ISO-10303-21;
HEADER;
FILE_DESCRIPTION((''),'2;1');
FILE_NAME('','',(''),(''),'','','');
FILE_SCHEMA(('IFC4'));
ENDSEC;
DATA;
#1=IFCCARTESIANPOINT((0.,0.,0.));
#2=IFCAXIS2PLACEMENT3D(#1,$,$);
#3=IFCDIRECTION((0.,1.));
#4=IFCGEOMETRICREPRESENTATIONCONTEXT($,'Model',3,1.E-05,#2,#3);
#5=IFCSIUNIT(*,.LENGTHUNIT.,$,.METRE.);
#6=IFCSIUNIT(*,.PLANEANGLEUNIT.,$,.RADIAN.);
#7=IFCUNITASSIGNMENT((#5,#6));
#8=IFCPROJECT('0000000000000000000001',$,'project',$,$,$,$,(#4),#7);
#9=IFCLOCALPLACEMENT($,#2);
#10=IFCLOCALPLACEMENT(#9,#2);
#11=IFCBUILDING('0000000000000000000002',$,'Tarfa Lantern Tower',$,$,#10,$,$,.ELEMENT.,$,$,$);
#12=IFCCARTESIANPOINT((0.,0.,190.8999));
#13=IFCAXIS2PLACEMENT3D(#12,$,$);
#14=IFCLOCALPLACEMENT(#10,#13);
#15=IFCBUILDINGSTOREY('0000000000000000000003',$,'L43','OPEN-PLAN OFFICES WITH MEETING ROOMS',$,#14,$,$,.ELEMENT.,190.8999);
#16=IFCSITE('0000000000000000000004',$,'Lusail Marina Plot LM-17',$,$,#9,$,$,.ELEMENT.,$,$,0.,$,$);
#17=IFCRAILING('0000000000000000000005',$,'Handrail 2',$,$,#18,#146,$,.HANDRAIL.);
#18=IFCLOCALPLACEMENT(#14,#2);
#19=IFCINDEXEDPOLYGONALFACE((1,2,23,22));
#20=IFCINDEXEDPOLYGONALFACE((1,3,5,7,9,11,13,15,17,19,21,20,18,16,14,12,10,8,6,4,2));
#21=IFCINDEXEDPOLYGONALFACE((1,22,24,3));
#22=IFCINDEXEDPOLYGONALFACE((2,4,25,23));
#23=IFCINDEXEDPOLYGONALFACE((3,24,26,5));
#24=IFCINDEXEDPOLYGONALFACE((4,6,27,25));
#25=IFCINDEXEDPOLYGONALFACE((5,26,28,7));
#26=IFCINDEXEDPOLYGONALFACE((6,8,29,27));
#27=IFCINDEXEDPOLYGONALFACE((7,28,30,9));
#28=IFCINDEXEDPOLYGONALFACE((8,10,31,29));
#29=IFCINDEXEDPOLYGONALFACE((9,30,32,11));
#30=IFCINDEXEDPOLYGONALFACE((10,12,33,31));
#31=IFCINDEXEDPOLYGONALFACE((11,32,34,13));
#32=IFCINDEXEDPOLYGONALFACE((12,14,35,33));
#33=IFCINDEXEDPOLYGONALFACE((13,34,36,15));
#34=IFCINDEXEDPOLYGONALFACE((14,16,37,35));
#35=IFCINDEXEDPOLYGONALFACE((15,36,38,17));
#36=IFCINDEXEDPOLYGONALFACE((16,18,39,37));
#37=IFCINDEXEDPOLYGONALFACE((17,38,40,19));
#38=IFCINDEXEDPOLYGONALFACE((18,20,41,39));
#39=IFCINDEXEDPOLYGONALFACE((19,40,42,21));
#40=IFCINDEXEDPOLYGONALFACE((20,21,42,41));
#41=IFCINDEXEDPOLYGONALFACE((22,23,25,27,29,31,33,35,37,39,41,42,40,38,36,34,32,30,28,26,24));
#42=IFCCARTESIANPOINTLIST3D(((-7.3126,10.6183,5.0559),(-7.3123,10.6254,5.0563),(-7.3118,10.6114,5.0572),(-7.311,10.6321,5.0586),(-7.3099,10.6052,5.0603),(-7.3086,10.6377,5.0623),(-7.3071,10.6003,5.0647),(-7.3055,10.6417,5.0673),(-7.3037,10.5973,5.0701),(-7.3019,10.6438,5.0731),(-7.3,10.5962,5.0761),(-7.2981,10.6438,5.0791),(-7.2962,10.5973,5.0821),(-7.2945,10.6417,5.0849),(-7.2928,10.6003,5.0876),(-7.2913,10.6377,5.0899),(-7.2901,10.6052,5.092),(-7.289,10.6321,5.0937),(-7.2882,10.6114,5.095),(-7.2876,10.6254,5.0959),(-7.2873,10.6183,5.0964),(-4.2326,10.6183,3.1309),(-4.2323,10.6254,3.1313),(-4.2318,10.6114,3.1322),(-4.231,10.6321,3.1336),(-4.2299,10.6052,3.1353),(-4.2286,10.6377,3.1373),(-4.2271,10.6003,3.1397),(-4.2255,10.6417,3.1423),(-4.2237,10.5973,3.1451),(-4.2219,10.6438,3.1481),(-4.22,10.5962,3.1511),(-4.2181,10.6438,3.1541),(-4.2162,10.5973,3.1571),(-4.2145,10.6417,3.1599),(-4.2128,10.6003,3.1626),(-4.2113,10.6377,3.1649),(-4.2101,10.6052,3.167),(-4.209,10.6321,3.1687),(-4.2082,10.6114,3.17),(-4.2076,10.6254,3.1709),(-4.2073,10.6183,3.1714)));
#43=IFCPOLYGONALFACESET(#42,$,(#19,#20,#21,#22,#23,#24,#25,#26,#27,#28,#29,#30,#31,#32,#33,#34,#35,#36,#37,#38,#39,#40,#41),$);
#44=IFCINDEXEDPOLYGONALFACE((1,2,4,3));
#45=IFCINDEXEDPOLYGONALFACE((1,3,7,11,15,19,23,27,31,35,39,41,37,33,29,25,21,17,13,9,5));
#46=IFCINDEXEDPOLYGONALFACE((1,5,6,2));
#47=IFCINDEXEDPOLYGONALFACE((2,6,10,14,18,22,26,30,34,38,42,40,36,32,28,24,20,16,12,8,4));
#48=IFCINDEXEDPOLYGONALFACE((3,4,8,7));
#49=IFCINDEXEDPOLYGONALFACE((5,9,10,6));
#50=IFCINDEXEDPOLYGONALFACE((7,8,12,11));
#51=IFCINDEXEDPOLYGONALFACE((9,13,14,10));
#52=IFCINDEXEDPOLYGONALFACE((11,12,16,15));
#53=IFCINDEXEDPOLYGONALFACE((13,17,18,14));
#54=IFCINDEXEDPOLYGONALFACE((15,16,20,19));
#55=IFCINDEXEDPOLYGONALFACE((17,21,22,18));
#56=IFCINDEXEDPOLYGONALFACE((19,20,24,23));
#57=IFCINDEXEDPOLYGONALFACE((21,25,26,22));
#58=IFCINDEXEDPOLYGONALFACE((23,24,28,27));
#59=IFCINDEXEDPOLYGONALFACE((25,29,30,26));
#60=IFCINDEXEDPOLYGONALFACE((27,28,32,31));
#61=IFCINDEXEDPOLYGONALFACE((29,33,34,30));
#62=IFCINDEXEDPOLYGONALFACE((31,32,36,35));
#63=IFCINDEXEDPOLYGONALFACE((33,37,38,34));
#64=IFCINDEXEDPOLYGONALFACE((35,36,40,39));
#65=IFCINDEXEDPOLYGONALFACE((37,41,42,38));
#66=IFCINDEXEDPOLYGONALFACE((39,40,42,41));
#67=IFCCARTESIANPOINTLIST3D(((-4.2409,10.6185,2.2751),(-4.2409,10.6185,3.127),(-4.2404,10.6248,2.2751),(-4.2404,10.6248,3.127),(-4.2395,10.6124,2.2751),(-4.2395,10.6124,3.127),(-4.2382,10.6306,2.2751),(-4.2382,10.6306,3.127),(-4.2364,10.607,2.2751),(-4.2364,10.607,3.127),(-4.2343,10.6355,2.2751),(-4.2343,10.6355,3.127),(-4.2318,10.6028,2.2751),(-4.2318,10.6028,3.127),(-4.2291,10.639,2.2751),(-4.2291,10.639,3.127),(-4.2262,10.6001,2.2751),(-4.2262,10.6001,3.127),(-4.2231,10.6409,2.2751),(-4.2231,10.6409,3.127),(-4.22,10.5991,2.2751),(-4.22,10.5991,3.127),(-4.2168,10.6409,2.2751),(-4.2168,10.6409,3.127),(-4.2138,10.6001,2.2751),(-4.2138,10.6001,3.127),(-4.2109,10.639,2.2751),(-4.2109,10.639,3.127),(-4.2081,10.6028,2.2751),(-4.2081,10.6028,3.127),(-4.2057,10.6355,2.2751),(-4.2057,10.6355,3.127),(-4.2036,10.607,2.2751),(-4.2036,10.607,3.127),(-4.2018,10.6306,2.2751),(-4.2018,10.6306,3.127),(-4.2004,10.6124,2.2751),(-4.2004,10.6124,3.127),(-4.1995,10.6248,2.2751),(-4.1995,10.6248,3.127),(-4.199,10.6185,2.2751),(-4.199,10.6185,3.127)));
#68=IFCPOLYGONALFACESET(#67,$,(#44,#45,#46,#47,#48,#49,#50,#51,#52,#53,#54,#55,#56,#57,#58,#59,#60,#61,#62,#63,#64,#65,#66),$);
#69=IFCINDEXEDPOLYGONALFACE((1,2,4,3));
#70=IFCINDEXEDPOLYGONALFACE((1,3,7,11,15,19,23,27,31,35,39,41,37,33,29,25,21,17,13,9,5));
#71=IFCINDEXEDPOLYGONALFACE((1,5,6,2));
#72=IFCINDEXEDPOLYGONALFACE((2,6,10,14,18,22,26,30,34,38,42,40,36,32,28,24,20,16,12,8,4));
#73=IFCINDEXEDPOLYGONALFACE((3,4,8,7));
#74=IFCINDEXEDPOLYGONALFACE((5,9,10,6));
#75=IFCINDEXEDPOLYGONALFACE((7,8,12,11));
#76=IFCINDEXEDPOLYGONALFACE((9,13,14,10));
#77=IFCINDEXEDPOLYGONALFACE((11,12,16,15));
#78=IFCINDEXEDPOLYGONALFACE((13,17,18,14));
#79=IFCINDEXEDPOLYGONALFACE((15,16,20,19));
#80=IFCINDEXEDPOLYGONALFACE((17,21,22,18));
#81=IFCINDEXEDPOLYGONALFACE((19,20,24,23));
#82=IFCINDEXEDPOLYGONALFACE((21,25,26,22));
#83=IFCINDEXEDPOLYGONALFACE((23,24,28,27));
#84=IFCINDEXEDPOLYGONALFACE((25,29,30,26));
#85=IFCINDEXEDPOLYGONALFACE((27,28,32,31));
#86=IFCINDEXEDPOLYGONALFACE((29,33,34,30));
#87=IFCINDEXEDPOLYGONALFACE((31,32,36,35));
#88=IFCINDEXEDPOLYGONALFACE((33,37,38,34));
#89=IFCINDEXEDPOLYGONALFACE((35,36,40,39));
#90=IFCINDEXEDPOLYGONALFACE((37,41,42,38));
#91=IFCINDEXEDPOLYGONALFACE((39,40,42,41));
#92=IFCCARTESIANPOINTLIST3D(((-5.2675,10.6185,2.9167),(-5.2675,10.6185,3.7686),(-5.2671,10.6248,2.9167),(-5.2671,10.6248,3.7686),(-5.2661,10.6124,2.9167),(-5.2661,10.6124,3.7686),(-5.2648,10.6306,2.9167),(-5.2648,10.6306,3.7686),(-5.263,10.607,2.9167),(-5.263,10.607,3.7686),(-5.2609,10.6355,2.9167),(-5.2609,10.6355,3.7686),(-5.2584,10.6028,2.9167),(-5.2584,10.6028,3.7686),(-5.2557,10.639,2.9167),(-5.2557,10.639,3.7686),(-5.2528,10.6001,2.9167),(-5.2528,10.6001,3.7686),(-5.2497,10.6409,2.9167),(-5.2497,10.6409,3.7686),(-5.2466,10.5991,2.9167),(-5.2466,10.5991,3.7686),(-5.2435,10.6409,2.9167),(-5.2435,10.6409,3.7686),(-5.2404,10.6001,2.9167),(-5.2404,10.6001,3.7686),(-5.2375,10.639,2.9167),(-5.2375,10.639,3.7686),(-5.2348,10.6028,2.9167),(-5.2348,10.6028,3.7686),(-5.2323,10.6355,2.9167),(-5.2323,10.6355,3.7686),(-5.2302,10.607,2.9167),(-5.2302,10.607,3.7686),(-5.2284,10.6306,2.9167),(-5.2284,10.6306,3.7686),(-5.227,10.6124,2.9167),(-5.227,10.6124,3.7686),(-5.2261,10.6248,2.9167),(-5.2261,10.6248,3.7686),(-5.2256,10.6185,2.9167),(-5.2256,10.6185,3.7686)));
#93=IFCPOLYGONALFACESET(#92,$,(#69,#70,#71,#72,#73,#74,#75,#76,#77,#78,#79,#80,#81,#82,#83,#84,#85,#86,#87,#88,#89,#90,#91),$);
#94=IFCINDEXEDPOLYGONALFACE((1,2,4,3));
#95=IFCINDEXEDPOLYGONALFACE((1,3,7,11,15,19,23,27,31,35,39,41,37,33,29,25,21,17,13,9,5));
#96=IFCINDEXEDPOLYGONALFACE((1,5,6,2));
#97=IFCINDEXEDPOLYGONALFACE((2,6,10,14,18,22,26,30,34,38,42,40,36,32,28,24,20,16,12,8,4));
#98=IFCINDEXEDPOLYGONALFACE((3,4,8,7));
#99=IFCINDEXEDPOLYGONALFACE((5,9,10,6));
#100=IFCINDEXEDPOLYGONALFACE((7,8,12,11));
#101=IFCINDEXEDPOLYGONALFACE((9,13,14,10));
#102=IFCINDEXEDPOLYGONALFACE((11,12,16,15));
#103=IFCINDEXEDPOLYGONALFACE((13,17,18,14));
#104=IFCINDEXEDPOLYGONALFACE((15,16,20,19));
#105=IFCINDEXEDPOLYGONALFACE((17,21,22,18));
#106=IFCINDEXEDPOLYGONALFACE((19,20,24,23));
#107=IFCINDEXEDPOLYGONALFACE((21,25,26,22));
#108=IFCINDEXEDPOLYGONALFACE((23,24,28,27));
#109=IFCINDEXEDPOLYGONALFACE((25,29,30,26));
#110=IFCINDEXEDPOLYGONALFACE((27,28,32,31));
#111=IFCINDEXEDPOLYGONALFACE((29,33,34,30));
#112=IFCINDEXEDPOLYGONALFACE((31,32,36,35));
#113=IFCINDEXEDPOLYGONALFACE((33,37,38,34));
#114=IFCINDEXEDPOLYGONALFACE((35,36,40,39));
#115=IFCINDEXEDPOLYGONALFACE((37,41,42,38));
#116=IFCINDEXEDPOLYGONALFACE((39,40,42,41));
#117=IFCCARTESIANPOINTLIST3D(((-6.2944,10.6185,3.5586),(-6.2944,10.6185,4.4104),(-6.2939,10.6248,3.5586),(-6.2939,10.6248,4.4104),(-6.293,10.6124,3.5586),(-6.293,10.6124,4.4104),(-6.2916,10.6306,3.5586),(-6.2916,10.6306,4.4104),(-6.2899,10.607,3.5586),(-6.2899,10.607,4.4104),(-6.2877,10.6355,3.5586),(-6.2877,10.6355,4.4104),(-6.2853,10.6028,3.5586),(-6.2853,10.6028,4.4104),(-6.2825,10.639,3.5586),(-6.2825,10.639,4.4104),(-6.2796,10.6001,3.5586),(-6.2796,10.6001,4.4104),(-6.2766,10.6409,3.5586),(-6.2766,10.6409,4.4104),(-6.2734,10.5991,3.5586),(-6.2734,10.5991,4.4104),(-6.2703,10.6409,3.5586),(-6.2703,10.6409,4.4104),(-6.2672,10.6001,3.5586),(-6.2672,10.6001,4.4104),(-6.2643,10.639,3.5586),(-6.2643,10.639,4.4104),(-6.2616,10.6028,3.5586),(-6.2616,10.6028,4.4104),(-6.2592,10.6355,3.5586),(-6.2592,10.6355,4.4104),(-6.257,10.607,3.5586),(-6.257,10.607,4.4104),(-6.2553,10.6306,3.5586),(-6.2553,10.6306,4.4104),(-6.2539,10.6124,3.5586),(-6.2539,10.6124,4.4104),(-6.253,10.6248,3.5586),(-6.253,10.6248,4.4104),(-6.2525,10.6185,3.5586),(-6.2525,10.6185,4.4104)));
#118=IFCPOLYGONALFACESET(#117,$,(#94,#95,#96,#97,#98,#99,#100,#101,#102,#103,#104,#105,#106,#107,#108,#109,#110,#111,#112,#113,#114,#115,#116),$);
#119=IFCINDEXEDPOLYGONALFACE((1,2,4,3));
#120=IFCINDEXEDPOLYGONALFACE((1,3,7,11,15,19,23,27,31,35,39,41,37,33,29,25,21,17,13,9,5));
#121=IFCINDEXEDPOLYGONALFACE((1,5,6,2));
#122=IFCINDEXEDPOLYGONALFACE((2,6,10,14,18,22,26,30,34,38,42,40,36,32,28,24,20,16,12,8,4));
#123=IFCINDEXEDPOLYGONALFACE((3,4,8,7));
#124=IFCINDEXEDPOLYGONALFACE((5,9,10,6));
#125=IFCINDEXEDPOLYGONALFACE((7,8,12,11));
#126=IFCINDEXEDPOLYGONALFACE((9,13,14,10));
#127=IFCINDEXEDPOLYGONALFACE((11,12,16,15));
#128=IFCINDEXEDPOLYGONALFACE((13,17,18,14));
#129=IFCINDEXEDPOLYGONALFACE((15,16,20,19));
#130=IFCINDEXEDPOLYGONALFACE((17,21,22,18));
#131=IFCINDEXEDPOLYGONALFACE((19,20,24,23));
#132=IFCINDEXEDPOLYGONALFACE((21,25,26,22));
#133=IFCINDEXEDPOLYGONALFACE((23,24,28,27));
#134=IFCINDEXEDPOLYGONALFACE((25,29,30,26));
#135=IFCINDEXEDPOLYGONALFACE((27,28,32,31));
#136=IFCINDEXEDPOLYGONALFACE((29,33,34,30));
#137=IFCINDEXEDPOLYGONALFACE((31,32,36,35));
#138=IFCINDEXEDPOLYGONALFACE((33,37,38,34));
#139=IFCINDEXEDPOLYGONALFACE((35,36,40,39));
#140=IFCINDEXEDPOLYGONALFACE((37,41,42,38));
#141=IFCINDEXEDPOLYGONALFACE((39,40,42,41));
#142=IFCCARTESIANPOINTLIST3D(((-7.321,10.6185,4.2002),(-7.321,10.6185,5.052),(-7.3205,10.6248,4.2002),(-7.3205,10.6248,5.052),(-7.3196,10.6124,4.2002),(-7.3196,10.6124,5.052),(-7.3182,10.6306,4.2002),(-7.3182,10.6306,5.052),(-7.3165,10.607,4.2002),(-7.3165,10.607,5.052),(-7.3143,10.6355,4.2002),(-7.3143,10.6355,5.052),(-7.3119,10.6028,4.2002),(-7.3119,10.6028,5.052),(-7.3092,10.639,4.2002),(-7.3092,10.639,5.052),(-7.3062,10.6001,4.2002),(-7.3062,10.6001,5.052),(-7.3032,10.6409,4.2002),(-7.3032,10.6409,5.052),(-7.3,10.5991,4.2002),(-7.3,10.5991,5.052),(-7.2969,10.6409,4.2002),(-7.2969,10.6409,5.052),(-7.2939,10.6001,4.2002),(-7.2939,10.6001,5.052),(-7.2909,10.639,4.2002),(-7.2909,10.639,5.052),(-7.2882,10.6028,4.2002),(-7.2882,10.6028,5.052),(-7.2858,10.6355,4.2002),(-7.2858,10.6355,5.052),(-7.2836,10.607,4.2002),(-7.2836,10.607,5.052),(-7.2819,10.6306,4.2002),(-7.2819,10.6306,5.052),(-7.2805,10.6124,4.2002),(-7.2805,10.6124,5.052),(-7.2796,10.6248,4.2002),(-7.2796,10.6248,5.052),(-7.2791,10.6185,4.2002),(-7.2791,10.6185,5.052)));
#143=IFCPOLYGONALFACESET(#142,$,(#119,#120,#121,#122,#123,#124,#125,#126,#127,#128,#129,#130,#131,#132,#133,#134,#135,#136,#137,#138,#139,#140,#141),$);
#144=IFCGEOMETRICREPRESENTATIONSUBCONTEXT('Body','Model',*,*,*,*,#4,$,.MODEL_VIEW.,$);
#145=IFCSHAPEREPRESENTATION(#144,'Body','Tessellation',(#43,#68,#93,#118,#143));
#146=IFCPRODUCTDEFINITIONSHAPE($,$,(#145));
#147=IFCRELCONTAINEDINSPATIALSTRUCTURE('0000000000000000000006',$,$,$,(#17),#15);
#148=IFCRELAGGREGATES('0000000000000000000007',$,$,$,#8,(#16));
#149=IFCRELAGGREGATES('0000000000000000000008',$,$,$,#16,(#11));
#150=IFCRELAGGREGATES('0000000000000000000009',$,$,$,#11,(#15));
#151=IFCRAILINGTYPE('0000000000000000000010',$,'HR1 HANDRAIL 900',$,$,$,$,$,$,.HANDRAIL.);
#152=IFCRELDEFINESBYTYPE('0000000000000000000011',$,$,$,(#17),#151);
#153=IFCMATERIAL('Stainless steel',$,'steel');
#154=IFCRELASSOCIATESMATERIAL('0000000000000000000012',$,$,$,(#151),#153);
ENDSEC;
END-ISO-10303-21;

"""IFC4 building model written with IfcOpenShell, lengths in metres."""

from ifc_helpers import new_model, si_unit, direction, frame, origin, origin_2d, place, context, subcontext, project, spatial, circle, extrude, material, type_object, element, save


model = new_model("IFC4")

# Units and contexts
model_context = context("Model", 3, precision=1e-05, world=origin(), true_north=direction((0.0, 1.0)))
body_context = subcontext(model_context, "Body", "Model", "MODEL_VIEW")
ifc_project = project(units=[si_unit("LENGTHUNIT", "METRE"), si_unit("PLANEANGLEUNIT", "RADIAN")], contexts=[model_context])

# Site, building, storey
site_placement = place(None, origin())
site = spatial("IfcSite", under=ifc_project, at=site_placement, Name="Lusail Marina Plot LM-17", CompositionType="ELEMENT", RefElevation=0.0)
building_placement = place(site_placement, origin())
building = spatial("IfcBuilding", under=site, at=building_placement, Name="Tarfa Lantern Tower", CompositionType="ELEMENT")
storey_placement = place(building_placement, frame((0.0, 0.0, 190.8999)))
storey = spatial("IfcBuildingStorey", under=building, at=storey_placement, Name="L43", Description="OPEN-PLAN OFFICES WITH MEETING ROOMS", CompositionType="ELEMENT", Elevation=190.8999)

# Railing
ifc_material_1 = material(Name="Stainless steel", Category="steel")
railing_type = type_object("IfcRailingType", Name="HR1 HANDRAIL 900", PredefinedType="HANDRAIL", material=ifc_material_1)
railing_1_placement = place(storey_placement, frame((-4.22, 10.6201, 2.2751)))
element("IfcRailing", 1, at=railing_1_placement, inside=storey, type_object=railing_type, Name="Handrail 2", PredefinedType="HANDRAIL", context=body_context, shape_type="SweptSolid", body=[
    extrude(circle(Radius=0.0239, at=origin_2d()), frame((0.0, 0.0, 0.876), z_axis=(-0.847998, 0.0, 0.529999), x_axis=(0.0, -1.0, 0.0)), (0.0, 0.0, 1.0), 3.6321),
    extrude(circle(Radius=0.021, at=origin_2d()), frame((0.0, 0.0, 0.0), z_axis=(0.0, 0.0, 1.0), x_axis=(0.0, -1.0, 0.0)), (0.0, 0.0, 1.0), 0.8518),
    extrude(circle(Radius=0.021, at=origin_2d()), frame((-1.0266, 0.0, 0.6416), z_axis=(0.0, 0.0, 1.0), x_axis=(0.0, -1.0, 0.0)), (0.0, 0.0, 1.0), 0.8518),
    extrude(circle(Radius=0.021, at=origin_2d()), frame((-2.0535, 0.0, 1.2834), z_axis=(0.0, 0.0, 1.0), x_axis=(0.0, -1.0, 0.0)), (0.0, 0.0, 1.0), 0.8518),
    extrude(circle(Radius=0.021, at=origin_2d()), frame((-3.0801, 0.0, 1.925), z_axis=(0.0, 0.0, 1.0), x_axis=(0.0, -1.0, 0.0)), (0.0, 0.0, 1.0), 0.8518),
])

save(model, "model.ifc")
